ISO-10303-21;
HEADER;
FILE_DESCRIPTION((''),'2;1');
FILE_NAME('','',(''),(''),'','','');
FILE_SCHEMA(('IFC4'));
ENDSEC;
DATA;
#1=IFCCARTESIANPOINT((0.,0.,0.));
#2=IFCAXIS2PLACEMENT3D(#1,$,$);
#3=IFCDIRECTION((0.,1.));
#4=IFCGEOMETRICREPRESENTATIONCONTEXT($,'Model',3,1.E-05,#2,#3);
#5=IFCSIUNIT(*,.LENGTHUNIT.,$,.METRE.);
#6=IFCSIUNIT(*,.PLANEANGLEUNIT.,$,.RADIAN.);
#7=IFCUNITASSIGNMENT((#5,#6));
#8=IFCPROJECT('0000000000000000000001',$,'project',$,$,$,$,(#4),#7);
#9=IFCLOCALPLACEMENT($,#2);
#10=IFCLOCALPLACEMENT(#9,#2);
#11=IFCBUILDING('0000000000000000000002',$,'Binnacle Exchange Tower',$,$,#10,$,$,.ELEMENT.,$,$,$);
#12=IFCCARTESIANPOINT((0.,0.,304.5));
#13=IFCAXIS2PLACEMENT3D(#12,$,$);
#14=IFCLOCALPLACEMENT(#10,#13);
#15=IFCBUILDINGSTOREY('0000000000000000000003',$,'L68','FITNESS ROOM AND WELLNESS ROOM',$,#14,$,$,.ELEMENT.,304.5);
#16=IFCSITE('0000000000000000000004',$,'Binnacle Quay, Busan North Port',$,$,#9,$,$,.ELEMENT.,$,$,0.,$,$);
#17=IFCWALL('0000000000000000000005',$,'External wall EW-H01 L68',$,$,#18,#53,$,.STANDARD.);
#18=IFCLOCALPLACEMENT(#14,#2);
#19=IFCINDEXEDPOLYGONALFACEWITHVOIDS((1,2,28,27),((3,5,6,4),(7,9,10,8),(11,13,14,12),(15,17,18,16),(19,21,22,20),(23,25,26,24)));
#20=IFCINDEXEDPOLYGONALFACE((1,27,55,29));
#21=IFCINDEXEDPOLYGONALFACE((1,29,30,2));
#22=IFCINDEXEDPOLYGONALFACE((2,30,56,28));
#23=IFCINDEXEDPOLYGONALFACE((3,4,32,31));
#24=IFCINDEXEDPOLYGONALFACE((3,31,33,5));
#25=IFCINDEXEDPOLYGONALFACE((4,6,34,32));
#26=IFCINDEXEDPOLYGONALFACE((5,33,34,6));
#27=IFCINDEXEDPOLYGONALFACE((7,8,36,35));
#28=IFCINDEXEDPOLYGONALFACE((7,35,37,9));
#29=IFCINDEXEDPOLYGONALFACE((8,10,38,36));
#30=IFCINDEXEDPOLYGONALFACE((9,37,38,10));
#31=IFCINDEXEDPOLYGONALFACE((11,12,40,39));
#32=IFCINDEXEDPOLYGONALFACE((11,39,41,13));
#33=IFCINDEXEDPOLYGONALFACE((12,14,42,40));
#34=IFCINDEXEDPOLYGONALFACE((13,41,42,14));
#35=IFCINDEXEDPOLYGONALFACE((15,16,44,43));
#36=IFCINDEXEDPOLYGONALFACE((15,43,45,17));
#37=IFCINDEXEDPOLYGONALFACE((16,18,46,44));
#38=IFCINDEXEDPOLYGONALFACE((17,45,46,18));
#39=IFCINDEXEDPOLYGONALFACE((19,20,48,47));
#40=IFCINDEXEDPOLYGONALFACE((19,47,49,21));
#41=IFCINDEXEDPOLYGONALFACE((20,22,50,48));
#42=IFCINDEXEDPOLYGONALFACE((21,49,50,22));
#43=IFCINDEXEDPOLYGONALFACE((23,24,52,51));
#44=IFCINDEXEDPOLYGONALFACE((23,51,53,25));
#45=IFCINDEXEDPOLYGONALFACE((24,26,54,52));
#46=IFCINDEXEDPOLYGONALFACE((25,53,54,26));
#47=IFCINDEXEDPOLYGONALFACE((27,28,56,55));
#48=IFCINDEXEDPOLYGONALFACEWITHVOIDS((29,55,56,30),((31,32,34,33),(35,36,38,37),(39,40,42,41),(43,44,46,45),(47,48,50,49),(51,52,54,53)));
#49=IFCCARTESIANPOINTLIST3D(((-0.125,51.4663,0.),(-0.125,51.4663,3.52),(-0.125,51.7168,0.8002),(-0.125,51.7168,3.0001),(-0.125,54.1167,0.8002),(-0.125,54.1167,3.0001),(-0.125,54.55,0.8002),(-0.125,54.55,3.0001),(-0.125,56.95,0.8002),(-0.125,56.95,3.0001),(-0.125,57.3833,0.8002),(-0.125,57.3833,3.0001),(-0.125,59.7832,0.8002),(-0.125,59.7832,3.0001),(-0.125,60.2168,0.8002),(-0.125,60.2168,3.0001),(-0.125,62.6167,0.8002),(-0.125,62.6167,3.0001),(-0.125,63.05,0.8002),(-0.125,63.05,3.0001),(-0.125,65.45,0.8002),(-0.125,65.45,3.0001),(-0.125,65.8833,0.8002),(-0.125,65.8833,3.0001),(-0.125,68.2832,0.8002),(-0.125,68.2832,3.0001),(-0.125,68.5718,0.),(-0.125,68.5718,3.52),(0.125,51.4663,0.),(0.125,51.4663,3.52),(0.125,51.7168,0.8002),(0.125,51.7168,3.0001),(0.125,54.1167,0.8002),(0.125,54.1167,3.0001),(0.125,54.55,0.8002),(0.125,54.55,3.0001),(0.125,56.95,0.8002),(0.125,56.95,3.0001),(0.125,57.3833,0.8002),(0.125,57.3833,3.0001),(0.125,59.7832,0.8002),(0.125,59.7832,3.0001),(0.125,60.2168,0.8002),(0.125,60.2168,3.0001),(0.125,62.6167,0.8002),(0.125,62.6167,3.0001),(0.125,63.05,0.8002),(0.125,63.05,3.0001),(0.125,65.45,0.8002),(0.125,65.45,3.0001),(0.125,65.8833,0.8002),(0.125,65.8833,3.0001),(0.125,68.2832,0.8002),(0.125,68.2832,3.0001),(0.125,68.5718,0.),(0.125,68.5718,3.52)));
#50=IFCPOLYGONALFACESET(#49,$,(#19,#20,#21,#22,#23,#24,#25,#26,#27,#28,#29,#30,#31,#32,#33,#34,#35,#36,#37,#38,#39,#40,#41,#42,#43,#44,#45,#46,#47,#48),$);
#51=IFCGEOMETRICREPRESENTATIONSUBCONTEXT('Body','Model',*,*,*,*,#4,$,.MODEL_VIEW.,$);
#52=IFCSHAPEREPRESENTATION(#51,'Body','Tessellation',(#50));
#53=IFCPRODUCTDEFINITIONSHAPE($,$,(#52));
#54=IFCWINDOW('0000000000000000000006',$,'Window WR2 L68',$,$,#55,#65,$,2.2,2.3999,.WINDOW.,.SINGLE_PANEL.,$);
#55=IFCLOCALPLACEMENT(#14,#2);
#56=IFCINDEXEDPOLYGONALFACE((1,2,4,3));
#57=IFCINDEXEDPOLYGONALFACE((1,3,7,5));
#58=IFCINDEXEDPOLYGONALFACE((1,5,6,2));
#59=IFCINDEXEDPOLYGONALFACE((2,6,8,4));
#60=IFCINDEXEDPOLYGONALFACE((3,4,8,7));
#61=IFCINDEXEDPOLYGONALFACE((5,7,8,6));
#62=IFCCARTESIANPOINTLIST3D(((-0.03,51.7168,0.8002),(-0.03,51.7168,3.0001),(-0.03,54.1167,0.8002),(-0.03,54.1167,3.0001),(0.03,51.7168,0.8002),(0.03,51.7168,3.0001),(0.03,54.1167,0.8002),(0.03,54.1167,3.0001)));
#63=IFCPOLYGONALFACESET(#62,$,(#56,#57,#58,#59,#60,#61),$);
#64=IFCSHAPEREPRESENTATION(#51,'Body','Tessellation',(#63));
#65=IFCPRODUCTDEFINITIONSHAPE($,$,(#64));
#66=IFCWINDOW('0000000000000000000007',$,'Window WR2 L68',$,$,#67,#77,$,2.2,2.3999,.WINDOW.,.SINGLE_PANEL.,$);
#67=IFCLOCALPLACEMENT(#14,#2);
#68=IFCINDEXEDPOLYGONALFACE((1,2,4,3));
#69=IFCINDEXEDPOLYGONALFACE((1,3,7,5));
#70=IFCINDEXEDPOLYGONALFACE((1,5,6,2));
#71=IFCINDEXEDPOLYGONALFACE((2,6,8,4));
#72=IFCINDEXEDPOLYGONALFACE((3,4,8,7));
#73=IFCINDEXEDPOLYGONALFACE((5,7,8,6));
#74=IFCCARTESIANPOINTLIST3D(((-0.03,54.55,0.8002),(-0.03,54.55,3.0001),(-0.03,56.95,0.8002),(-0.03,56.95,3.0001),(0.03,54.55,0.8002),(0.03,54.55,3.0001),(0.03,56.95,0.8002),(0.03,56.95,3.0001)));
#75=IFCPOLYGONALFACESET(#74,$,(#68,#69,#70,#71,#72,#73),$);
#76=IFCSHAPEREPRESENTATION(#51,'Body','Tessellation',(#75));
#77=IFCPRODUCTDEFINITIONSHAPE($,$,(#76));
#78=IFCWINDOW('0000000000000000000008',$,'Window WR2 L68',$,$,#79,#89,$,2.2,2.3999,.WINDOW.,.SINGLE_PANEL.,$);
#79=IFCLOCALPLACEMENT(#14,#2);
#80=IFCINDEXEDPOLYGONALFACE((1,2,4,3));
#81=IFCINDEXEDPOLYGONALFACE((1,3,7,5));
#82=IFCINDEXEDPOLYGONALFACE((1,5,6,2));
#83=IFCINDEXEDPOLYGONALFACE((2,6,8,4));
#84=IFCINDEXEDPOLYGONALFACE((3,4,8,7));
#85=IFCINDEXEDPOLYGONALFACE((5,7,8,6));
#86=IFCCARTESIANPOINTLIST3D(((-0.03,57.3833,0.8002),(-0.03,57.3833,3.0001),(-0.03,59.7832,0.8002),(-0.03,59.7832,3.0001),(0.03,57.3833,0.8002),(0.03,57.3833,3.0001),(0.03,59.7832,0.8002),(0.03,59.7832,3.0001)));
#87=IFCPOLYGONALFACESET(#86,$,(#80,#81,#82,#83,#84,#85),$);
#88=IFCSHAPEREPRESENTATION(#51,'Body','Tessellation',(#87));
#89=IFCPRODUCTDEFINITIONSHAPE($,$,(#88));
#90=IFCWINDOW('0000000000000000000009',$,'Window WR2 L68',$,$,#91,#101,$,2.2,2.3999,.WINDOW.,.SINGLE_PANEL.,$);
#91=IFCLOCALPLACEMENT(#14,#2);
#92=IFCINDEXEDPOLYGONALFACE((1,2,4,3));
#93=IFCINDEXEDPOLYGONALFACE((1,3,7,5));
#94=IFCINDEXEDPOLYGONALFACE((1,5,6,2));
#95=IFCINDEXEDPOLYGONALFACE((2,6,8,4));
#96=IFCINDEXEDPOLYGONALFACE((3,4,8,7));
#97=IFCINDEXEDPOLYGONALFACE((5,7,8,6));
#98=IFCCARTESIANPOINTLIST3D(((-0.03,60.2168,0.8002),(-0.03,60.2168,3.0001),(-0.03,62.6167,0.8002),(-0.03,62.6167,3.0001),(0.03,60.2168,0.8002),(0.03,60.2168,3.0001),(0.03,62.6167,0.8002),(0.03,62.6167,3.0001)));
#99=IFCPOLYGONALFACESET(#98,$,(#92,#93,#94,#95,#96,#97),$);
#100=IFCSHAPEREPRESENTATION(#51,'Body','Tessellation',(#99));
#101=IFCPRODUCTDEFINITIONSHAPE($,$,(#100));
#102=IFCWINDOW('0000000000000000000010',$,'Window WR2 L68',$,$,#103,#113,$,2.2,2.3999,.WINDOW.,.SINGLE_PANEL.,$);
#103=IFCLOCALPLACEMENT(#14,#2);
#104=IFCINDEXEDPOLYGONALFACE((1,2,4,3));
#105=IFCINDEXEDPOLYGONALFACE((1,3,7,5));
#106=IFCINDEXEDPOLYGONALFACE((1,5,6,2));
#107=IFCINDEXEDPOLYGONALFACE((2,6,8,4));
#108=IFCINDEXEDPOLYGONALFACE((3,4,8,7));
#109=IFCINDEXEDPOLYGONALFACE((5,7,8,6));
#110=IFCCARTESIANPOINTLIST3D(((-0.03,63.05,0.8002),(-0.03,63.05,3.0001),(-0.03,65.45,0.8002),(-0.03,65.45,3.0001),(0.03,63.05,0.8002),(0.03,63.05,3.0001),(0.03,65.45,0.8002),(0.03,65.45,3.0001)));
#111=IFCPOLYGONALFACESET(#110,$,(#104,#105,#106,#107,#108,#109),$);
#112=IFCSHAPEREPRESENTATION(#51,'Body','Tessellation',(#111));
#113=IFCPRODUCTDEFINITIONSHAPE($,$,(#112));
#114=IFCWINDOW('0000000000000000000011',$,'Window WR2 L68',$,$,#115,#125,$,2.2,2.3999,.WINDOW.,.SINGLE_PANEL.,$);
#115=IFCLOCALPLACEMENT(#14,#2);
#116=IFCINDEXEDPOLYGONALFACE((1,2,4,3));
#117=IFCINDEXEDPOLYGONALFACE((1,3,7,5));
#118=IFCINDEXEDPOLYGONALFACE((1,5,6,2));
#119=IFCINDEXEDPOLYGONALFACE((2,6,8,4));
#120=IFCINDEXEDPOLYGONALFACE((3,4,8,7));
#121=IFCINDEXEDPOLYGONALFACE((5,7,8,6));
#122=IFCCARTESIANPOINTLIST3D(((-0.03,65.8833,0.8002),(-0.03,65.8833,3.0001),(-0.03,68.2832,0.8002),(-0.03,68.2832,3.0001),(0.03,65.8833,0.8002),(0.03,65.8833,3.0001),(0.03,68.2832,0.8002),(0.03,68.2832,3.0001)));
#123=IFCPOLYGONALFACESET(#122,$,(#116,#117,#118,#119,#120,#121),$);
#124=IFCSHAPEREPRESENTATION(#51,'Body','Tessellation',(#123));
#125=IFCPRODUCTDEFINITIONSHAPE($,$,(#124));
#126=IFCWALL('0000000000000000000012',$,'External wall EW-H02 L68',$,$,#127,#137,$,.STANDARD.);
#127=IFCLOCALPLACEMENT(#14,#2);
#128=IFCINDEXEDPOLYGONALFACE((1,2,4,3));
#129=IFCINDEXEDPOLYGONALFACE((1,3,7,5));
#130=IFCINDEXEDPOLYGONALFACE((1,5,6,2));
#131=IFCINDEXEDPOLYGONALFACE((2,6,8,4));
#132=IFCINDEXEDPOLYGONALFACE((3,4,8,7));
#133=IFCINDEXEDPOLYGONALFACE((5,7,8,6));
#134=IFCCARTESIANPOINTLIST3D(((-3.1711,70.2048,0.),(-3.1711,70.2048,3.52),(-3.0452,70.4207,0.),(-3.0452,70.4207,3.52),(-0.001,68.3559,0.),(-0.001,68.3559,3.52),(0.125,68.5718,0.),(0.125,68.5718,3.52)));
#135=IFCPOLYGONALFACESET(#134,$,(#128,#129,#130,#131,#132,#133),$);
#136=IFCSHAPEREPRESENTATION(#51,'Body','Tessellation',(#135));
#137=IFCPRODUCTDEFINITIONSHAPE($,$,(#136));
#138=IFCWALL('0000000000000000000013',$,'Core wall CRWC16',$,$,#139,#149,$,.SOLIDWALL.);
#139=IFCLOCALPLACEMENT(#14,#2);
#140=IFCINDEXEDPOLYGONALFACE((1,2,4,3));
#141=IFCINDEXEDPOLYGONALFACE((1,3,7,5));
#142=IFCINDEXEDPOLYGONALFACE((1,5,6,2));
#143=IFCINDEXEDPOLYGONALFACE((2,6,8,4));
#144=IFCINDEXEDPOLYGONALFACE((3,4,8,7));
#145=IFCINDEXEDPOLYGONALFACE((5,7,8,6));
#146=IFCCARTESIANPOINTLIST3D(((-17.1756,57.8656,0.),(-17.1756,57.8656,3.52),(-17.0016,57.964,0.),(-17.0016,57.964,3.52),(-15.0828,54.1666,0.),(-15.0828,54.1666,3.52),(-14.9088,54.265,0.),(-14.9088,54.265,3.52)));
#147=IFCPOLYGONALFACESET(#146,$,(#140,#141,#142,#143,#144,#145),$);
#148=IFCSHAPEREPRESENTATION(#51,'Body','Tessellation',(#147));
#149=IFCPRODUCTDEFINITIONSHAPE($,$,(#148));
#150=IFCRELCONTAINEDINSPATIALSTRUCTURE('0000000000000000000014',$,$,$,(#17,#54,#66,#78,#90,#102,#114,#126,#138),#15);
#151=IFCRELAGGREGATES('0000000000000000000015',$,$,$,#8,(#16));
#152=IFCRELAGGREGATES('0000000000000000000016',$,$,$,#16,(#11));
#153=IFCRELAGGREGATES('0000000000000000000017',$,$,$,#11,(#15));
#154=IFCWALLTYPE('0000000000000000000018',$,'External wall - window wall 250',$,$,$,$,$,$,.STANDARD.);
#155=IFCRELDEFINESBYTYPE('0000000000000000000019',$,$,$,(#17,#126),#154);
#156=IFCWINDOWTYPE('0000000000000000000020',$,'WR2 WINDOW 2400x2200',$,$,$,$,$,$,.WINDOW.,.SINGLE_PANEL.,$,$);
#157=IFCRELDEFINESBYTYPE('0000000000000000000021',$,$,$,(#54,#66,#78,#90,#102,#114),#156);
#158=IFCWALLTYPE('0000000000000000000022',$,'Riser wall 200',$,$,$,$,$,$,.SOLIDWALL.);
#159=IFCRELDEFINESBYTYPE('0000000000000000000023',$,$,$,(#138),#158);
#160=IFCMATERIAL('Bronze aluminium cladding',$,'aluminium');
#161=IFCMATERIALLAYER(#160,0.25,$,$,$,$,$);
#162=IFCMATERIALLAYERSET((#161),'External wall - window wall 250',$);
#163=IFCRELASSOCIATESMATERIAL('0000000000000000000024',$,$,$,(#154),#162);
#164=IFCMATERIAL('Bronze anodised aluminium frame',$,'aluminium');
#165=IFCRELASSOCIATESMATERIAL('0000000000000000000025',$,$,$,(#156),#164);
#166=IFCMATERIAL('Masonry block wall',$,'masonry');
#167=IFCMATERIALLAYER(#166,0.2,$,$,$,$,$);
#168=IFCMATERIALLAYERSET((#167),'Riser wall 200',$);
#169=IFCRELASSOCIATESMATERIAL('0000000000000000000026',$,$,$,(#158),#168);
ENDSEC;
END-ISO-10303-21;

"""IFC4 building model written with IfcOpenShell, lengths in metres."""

from ifc_helpers import new_model, si_unit, direction, frame, frame_2d, origin, place, context, subcontext, project, spatial, rectangle, extrude, material, layer, layer_set, type_object, element, fill, save


model = new_model("IFC4")

# Units and contexts
model_context = context("Model", 3, precision=1e-05, world=origin(), true_north=direction((0.0, 1.0)))
body_context = subcontext(model_context, "Body", "Model", "MODEL_VIEW")
ifc_project = project(units=[si_unit("LENGTHUNIT", "METRE"), si_unit("PLANEANGLEUNIT", "RADIAN")], contexts=[model_context])

# Site, building, storey
site_placement = place(None, origin())
site = spatial("IfcSite", under=ifc_project, at=site_placement, Name="Binnacle Quay, Busan North Port", CompositionType="ELEMENT", RefElevation=0.0)
building_placement = place(site_placement, origin())
building = spatial("IfcBuilding", under=site, at=building_placement, Name="Binnacle Exchange Tower", CompositionType="ELEMENT")
storey_placement = place(building_placement, frame((0.0, 0.0, 304.5)))
storey = spatial("IfcBuildingStorey", under=building, at=storey_placement, Name="L68", Description="FITNESS ROOM AND WELLNESS ROOM", CompositionType="ELEMENT", Elevation=304.5)

# Wall, openings, windows
ifc_material_1 = material(Name="Bronze aluminium cladding", Category="aluminium")
ifc_layer_1 = layer(ifc_material_1, 0.25)
ifc_layer_set_1 = layer_set([ifc_layer_1], Name="External wall - window wall 250")
wall_type_1 = type_object("IfcWallType", Name="External wall - window wall 250", PredefinedType="STANDARD", material=ifc_layer_set_1)
wall_1_placement = place(storey_placement, frame((0.0, 68.5718, 0.0), z_axis=(0.0, 0.0, 1.0), x_axis=(0.0, -1.0, 0.0)))
wall_1 = element("IfcWall", 1, at=wall_1_placement, inside=storey, type_object=wall_type_1, Name="External wall EW-H01 L68", PredefinedType="STANDARD", context=body_context, shape_type="SweptSolid", body=[
    extrude(rectangle(XDim=17.1055, YDim=0.25, at=frame_2d((8.5527, 0.0))), origin(), (0.0, 0.0, 1.0), 3.52),
])
opening_1_placement = place(wall_1_placement, frame((14.4551, 0.0, 0.8)))
opening_1 = element("IfcOpeningElement", 2, at=opening_1_placement, cuts=wall_1, PredefinedType="OPENING", context=body_context, shape_type="SweptSolid", body=[
    extrude(rectangle(XDim=2.3999, YDim=2.2, at=frame_2d((1.2, 1.1001))), frame((0.0, 0.135, 0.0), z_axis=(0.0, -1.0, 0.0), x_axis=(1.0, 0.0, 0.0)), (0.0, 0.0, 1.0), 0.27),
])
opening_2_placement = place(wall_1_placement, frame((11.6218, 0.0, 0.8)))
opening_2 = element("IfcOpeningElement", 3, at=opening_2_placement, cuts=wall_1, PredefinedType="OPENING", context=body_context, shape_type="SweptSolid", body=[
    extrude(rectangle(XDim=2.3999, YDim=2.2, at=frame_2d((1.2, 1.1001))), frame((0.0, 0.135, 0.0), z_axis=(0.0, -1.0, 0.0), x_axis=(1.0, 0.0, 0.0)), (0.0, 0.0, 1.0), 0.27),
])
opening_3_placement = place(wall_1_placement, frame((8.7886, 0.0, 0.8)))
opening_3 = element("IfcOpeningElement", 4, at=opening_3_placement, cuts=wall_1, PredefinedType="OPENING", context=body_context, shape_type="SweptSolid", body=[
    extrude(rectangle(XDim=2.3999, YDim=2.2, at=frame_2d((1.2, 1.1001))), frame((0.0, 0.135, 0.0), z_axis=(0.0, -1.0, 0.0), x_axis=(1.0, 0.0, 0.0)), (0.0, 0.0, 1.0), 0.27),
])
opening_4_placement = place(wall_1_placement, frame((5.9551, 0.0, 0.8)))
opening_4 = element("IfcOpeningElement", 5, at=opening_4_placement, cuts=wall_1, PredefinedType="OPENING", context=body_context, shape_type="SweptSolid", body=[
    extrude(rectangle(XDim=2.3999, YDim=2.2, at=frame_2d((1.2, 1.1001))), frame((0.0, 0.135, 0.0), z_axis=(0.0, -1.0, 0.0), x_axis=(1.0, 0.0, 0.0)), (0.0, 0.0, 1.0), 0.27),
])
opening_5_placement = place(wall_1_placement, frame((3.1218, 0.0, 0.8)))
opening_5 = element("IfcOpeningElement", 6, at=opening_5_placement, cuts=wall_1, PredefinedType="OPENING", context=body_context, shape_type="SweptSolid", body=[
    extrude(rectangle(XDim=2.3999, YDim=2.2, at=frame_2d((1.2, 1.1001))), frame((0.0, 0.135, 0.0), z_axis=(0.0, -1.0, 0.0), x_axis=(1.0, 0.0, 0.0)), (0.0, 0.0, 1.0), 0.27),
])
opening_6_placement = place(wall_1_placement, frame((0.2886, 0.0, 0.8)))
opening_6 = element("IfcOpeningElement", 7, at=opening_6_placement, cuts=wall_1, PredefinedType="OPENING", context=body_context, shape_type="SweptSolid", body=[
    extrude(rectangle(XDim=2.3999, YDim=2.2, at=frame_2d((1.2, 1.1001))), frame((0.0, 0.135, 0.0), z_axis=(0.0, -1.0, 0.0), x_axis=(1.0, 0.0, 0.0)), (0.0, 0.0, 1.0), 0.27),
])
ifc_material_2 = material(Name="Bronze anodised aluminium frame", Category="aluminium")
window_type = type_object("IfcWindowType", Name="WR2 WINDOW 2400x2200", PartitioningType="SINGLE_PANEL", PredefinedType="WINDOW", material=ifc_material_2)
window_1_placement = place(opening_1_placement, origin())
window_1 = element("IfcWindow", 8, at=window_1_placement, inside=storey, type_object=window_type, Name="Window WR2 L68", OverallHeight=2.2, OverallWidth=2.3999, PartitioningType="SINGLE_PANEL", PredefinedType="WINDOW", context=body_context, shape_type="SweptSolid", body=[
    extrude(rectangle(XDim=2.3999, YDim=2.2, at=frame_2d((1.2, 1.1001))), frame((0.0, 0.03, 0.0), z_axis=(0.0, -1.0, 0.0), x_axis=(1.0, 0.0, 0.0)), (0.0, 0.0, 1.0), 0.0601),
])
fill(opening_1, window_1)
window_2_placement = place(opening_2_placement, origin())
window_2 = element("IfcWindow", 9, at=window_2_placement, inside=storey, type_object=window_type, Name="Window WR2 L68", OverallHeight=2.2, OverallWidth=2.3999, PartitioningType="SINGLE_PANEL", PredefinedType="WINDOW", context=body_context, shape_type="SweptSolid", body=[
    extrude(rectangle(XDim=2.3999, YDim=2.2, at=frame_2d((1.2, 1.1001))), frame((0.0, 0.03, 0.0), z_axis=(0.0, -1.0, 0.0), x_axis=(1.0, 0.0, 0.0)), (0.0, 0.0, 1.0), 0.0601),
])
fill(opening_2, window_2)
window_3_placement = place(opening_3_placement, origin())
window_3 = element("IfcWindow", 10, at=window_3_placement, inside=storey, type_object=window_type, Name="Window WR2 L68", OverallHeight=2.2, OverallWidth=2.3999, PartitioningType="SINGLE_PANEL", PredefinedType="WINDOW", context=body_context, shape_type="SweptSolid", body=[
    extrude(rectangle(XDim=2.3999, YDim=2.2, at=frame_2d((1.2, 1.1001))), frame((0.0, 0.03, 0.0), z_axis=(0.0, -1.0, 0.0), x_axis=(1.0, 0.0, 0.0)), (0.0, 0.0, 1.0), 0.0601),
])
fill(opening_3, window_3)
window_4_placement = place(opening_4_placement, origin())
window_4 = element("IfcWindow", 11, at=window_4_placement, inside=storey, type_object=window_type, Name="Window WR2 L68", OverallHeight=2.2, OverallWidth=2.3999, PartitioningType="SINGLE_PANEL", PredefinedType="WINDOW", context=body_context, shape_type="SweptSolid", body=[
    extrude(rectangle(XDim=2.3999, YDim=2.2, at=frame_2d((1.2, 1.1001))), frame((0.0, 0.03, 0.0), z_axis=(0.0, -1.0, 0.0), x_axis=(1.0, 0.0, 0.0)), (0.0, 0.0, 1.0), 0.0601),
])
fill(opening_4, window_4)
window_5_placement = place(opening_5_placement, origin())
window_5 = element("IfcWindow", 12, at=window_5_placement, inside=storey, type_object=window_type, Name="Window WR2 L68", OverallHeight=2.2, OverallWidth=2.3999, PartitioningType="SINGLE_PANEL", PredefinedType="WINDOW", context=body_context, shape_type="SweptSolid", body=[
    extrude(rectangle(XDim=2.3999, YDim=2.2, at=frame_2d((1.2, 1.1001))), frame((0.0, 0.03, 0.0), z_axis=(0.0, -1.0, 0.0), x_axis=(1.0, 0.0, 0.0)), (0.0, 0.0, 1.0), 0.0601),
])
fill(opening_5, window_5)
window_6_placement = place(opening_6_placement, origin())
window_6 = element("IfcWindow", 13, at=window_6_placement, inside=storey, type_object=window_type, Name="Window WR2 L68", OverallHeight=2.2, OverallWidth=2.3999, PartitioningType="SINGLE_PANEL", PredefinedType="WINDOW", context=body_context, shape_type="SweptSolid", body=[
    extrude(rectangle(XDim=2.3999, YDim=2.2, at=frame_2d((1.2, 1.1001))), frame((0.0, 0.03, 0.0), z_axis=(0.0, -1.0, 0.0), x_axis=(1.0, 0.0, 0.0)), (0.0, 0.0, 1.0), 0.0601),
])
fill(opening_6, window_6)

# Walls
wall_2_placement = place(storey_placement, frame((-3.1082, 70.3127, 0.0), z_axis=(0.0, 0.0, 1.0), x_axis=(0.863825, -0.503792, 0.0)))
element("IfcWall", 14, at=wall_2_placement, inside=storey, type_object=wall_type_1, Name="External wall EW-H02 L68", PredefinedType="STANDARD", context=body_context, shape_type="SweptSolid", body=[
    extrude(rectangle(XDim=3.6699, YDim=0.25, at=frame_2d((1.835, 0.0))), origin(), (0.0, 0.0, 1.0), 3.52),
])
ifc_material_3 = material(Name="Masonry block wall", Category="masonry")
ifc_layer_2 = layer(ifc_material_3, 0.2)
ifc_layer_set_2 = layer_set([ifc_layer_2], Name="Riser wall 200")
wall_type_2 = type_object("IfcWallType", Name="Riser wall 200", PredefinedType="SOLIDWALL", material=ifc_layer_set_2)
wall_3_placement = place(storey_placement, frame((-17.0886, 57.9148, 0.0), z_axis=(0.0, 0.0, 1.0), x_axis=(0.492423, -0.870356, 0.0)))
element("IfcWall", 15, at=wall_3_placement, inside=storey, type_object=wall_type_2, Name="Core wall CRWC16", PredefinedType="SOLIDWALL", context=body_context, shape_type="SweptSolid", body=[
    extrude(rectangle(XDim=4.25, YDim=0.2, at=frame_2d((2.125, 0.0))), origin(), (0.0, 0.0, 1.0), 3.52),
])

save(model, "model.ifc")
